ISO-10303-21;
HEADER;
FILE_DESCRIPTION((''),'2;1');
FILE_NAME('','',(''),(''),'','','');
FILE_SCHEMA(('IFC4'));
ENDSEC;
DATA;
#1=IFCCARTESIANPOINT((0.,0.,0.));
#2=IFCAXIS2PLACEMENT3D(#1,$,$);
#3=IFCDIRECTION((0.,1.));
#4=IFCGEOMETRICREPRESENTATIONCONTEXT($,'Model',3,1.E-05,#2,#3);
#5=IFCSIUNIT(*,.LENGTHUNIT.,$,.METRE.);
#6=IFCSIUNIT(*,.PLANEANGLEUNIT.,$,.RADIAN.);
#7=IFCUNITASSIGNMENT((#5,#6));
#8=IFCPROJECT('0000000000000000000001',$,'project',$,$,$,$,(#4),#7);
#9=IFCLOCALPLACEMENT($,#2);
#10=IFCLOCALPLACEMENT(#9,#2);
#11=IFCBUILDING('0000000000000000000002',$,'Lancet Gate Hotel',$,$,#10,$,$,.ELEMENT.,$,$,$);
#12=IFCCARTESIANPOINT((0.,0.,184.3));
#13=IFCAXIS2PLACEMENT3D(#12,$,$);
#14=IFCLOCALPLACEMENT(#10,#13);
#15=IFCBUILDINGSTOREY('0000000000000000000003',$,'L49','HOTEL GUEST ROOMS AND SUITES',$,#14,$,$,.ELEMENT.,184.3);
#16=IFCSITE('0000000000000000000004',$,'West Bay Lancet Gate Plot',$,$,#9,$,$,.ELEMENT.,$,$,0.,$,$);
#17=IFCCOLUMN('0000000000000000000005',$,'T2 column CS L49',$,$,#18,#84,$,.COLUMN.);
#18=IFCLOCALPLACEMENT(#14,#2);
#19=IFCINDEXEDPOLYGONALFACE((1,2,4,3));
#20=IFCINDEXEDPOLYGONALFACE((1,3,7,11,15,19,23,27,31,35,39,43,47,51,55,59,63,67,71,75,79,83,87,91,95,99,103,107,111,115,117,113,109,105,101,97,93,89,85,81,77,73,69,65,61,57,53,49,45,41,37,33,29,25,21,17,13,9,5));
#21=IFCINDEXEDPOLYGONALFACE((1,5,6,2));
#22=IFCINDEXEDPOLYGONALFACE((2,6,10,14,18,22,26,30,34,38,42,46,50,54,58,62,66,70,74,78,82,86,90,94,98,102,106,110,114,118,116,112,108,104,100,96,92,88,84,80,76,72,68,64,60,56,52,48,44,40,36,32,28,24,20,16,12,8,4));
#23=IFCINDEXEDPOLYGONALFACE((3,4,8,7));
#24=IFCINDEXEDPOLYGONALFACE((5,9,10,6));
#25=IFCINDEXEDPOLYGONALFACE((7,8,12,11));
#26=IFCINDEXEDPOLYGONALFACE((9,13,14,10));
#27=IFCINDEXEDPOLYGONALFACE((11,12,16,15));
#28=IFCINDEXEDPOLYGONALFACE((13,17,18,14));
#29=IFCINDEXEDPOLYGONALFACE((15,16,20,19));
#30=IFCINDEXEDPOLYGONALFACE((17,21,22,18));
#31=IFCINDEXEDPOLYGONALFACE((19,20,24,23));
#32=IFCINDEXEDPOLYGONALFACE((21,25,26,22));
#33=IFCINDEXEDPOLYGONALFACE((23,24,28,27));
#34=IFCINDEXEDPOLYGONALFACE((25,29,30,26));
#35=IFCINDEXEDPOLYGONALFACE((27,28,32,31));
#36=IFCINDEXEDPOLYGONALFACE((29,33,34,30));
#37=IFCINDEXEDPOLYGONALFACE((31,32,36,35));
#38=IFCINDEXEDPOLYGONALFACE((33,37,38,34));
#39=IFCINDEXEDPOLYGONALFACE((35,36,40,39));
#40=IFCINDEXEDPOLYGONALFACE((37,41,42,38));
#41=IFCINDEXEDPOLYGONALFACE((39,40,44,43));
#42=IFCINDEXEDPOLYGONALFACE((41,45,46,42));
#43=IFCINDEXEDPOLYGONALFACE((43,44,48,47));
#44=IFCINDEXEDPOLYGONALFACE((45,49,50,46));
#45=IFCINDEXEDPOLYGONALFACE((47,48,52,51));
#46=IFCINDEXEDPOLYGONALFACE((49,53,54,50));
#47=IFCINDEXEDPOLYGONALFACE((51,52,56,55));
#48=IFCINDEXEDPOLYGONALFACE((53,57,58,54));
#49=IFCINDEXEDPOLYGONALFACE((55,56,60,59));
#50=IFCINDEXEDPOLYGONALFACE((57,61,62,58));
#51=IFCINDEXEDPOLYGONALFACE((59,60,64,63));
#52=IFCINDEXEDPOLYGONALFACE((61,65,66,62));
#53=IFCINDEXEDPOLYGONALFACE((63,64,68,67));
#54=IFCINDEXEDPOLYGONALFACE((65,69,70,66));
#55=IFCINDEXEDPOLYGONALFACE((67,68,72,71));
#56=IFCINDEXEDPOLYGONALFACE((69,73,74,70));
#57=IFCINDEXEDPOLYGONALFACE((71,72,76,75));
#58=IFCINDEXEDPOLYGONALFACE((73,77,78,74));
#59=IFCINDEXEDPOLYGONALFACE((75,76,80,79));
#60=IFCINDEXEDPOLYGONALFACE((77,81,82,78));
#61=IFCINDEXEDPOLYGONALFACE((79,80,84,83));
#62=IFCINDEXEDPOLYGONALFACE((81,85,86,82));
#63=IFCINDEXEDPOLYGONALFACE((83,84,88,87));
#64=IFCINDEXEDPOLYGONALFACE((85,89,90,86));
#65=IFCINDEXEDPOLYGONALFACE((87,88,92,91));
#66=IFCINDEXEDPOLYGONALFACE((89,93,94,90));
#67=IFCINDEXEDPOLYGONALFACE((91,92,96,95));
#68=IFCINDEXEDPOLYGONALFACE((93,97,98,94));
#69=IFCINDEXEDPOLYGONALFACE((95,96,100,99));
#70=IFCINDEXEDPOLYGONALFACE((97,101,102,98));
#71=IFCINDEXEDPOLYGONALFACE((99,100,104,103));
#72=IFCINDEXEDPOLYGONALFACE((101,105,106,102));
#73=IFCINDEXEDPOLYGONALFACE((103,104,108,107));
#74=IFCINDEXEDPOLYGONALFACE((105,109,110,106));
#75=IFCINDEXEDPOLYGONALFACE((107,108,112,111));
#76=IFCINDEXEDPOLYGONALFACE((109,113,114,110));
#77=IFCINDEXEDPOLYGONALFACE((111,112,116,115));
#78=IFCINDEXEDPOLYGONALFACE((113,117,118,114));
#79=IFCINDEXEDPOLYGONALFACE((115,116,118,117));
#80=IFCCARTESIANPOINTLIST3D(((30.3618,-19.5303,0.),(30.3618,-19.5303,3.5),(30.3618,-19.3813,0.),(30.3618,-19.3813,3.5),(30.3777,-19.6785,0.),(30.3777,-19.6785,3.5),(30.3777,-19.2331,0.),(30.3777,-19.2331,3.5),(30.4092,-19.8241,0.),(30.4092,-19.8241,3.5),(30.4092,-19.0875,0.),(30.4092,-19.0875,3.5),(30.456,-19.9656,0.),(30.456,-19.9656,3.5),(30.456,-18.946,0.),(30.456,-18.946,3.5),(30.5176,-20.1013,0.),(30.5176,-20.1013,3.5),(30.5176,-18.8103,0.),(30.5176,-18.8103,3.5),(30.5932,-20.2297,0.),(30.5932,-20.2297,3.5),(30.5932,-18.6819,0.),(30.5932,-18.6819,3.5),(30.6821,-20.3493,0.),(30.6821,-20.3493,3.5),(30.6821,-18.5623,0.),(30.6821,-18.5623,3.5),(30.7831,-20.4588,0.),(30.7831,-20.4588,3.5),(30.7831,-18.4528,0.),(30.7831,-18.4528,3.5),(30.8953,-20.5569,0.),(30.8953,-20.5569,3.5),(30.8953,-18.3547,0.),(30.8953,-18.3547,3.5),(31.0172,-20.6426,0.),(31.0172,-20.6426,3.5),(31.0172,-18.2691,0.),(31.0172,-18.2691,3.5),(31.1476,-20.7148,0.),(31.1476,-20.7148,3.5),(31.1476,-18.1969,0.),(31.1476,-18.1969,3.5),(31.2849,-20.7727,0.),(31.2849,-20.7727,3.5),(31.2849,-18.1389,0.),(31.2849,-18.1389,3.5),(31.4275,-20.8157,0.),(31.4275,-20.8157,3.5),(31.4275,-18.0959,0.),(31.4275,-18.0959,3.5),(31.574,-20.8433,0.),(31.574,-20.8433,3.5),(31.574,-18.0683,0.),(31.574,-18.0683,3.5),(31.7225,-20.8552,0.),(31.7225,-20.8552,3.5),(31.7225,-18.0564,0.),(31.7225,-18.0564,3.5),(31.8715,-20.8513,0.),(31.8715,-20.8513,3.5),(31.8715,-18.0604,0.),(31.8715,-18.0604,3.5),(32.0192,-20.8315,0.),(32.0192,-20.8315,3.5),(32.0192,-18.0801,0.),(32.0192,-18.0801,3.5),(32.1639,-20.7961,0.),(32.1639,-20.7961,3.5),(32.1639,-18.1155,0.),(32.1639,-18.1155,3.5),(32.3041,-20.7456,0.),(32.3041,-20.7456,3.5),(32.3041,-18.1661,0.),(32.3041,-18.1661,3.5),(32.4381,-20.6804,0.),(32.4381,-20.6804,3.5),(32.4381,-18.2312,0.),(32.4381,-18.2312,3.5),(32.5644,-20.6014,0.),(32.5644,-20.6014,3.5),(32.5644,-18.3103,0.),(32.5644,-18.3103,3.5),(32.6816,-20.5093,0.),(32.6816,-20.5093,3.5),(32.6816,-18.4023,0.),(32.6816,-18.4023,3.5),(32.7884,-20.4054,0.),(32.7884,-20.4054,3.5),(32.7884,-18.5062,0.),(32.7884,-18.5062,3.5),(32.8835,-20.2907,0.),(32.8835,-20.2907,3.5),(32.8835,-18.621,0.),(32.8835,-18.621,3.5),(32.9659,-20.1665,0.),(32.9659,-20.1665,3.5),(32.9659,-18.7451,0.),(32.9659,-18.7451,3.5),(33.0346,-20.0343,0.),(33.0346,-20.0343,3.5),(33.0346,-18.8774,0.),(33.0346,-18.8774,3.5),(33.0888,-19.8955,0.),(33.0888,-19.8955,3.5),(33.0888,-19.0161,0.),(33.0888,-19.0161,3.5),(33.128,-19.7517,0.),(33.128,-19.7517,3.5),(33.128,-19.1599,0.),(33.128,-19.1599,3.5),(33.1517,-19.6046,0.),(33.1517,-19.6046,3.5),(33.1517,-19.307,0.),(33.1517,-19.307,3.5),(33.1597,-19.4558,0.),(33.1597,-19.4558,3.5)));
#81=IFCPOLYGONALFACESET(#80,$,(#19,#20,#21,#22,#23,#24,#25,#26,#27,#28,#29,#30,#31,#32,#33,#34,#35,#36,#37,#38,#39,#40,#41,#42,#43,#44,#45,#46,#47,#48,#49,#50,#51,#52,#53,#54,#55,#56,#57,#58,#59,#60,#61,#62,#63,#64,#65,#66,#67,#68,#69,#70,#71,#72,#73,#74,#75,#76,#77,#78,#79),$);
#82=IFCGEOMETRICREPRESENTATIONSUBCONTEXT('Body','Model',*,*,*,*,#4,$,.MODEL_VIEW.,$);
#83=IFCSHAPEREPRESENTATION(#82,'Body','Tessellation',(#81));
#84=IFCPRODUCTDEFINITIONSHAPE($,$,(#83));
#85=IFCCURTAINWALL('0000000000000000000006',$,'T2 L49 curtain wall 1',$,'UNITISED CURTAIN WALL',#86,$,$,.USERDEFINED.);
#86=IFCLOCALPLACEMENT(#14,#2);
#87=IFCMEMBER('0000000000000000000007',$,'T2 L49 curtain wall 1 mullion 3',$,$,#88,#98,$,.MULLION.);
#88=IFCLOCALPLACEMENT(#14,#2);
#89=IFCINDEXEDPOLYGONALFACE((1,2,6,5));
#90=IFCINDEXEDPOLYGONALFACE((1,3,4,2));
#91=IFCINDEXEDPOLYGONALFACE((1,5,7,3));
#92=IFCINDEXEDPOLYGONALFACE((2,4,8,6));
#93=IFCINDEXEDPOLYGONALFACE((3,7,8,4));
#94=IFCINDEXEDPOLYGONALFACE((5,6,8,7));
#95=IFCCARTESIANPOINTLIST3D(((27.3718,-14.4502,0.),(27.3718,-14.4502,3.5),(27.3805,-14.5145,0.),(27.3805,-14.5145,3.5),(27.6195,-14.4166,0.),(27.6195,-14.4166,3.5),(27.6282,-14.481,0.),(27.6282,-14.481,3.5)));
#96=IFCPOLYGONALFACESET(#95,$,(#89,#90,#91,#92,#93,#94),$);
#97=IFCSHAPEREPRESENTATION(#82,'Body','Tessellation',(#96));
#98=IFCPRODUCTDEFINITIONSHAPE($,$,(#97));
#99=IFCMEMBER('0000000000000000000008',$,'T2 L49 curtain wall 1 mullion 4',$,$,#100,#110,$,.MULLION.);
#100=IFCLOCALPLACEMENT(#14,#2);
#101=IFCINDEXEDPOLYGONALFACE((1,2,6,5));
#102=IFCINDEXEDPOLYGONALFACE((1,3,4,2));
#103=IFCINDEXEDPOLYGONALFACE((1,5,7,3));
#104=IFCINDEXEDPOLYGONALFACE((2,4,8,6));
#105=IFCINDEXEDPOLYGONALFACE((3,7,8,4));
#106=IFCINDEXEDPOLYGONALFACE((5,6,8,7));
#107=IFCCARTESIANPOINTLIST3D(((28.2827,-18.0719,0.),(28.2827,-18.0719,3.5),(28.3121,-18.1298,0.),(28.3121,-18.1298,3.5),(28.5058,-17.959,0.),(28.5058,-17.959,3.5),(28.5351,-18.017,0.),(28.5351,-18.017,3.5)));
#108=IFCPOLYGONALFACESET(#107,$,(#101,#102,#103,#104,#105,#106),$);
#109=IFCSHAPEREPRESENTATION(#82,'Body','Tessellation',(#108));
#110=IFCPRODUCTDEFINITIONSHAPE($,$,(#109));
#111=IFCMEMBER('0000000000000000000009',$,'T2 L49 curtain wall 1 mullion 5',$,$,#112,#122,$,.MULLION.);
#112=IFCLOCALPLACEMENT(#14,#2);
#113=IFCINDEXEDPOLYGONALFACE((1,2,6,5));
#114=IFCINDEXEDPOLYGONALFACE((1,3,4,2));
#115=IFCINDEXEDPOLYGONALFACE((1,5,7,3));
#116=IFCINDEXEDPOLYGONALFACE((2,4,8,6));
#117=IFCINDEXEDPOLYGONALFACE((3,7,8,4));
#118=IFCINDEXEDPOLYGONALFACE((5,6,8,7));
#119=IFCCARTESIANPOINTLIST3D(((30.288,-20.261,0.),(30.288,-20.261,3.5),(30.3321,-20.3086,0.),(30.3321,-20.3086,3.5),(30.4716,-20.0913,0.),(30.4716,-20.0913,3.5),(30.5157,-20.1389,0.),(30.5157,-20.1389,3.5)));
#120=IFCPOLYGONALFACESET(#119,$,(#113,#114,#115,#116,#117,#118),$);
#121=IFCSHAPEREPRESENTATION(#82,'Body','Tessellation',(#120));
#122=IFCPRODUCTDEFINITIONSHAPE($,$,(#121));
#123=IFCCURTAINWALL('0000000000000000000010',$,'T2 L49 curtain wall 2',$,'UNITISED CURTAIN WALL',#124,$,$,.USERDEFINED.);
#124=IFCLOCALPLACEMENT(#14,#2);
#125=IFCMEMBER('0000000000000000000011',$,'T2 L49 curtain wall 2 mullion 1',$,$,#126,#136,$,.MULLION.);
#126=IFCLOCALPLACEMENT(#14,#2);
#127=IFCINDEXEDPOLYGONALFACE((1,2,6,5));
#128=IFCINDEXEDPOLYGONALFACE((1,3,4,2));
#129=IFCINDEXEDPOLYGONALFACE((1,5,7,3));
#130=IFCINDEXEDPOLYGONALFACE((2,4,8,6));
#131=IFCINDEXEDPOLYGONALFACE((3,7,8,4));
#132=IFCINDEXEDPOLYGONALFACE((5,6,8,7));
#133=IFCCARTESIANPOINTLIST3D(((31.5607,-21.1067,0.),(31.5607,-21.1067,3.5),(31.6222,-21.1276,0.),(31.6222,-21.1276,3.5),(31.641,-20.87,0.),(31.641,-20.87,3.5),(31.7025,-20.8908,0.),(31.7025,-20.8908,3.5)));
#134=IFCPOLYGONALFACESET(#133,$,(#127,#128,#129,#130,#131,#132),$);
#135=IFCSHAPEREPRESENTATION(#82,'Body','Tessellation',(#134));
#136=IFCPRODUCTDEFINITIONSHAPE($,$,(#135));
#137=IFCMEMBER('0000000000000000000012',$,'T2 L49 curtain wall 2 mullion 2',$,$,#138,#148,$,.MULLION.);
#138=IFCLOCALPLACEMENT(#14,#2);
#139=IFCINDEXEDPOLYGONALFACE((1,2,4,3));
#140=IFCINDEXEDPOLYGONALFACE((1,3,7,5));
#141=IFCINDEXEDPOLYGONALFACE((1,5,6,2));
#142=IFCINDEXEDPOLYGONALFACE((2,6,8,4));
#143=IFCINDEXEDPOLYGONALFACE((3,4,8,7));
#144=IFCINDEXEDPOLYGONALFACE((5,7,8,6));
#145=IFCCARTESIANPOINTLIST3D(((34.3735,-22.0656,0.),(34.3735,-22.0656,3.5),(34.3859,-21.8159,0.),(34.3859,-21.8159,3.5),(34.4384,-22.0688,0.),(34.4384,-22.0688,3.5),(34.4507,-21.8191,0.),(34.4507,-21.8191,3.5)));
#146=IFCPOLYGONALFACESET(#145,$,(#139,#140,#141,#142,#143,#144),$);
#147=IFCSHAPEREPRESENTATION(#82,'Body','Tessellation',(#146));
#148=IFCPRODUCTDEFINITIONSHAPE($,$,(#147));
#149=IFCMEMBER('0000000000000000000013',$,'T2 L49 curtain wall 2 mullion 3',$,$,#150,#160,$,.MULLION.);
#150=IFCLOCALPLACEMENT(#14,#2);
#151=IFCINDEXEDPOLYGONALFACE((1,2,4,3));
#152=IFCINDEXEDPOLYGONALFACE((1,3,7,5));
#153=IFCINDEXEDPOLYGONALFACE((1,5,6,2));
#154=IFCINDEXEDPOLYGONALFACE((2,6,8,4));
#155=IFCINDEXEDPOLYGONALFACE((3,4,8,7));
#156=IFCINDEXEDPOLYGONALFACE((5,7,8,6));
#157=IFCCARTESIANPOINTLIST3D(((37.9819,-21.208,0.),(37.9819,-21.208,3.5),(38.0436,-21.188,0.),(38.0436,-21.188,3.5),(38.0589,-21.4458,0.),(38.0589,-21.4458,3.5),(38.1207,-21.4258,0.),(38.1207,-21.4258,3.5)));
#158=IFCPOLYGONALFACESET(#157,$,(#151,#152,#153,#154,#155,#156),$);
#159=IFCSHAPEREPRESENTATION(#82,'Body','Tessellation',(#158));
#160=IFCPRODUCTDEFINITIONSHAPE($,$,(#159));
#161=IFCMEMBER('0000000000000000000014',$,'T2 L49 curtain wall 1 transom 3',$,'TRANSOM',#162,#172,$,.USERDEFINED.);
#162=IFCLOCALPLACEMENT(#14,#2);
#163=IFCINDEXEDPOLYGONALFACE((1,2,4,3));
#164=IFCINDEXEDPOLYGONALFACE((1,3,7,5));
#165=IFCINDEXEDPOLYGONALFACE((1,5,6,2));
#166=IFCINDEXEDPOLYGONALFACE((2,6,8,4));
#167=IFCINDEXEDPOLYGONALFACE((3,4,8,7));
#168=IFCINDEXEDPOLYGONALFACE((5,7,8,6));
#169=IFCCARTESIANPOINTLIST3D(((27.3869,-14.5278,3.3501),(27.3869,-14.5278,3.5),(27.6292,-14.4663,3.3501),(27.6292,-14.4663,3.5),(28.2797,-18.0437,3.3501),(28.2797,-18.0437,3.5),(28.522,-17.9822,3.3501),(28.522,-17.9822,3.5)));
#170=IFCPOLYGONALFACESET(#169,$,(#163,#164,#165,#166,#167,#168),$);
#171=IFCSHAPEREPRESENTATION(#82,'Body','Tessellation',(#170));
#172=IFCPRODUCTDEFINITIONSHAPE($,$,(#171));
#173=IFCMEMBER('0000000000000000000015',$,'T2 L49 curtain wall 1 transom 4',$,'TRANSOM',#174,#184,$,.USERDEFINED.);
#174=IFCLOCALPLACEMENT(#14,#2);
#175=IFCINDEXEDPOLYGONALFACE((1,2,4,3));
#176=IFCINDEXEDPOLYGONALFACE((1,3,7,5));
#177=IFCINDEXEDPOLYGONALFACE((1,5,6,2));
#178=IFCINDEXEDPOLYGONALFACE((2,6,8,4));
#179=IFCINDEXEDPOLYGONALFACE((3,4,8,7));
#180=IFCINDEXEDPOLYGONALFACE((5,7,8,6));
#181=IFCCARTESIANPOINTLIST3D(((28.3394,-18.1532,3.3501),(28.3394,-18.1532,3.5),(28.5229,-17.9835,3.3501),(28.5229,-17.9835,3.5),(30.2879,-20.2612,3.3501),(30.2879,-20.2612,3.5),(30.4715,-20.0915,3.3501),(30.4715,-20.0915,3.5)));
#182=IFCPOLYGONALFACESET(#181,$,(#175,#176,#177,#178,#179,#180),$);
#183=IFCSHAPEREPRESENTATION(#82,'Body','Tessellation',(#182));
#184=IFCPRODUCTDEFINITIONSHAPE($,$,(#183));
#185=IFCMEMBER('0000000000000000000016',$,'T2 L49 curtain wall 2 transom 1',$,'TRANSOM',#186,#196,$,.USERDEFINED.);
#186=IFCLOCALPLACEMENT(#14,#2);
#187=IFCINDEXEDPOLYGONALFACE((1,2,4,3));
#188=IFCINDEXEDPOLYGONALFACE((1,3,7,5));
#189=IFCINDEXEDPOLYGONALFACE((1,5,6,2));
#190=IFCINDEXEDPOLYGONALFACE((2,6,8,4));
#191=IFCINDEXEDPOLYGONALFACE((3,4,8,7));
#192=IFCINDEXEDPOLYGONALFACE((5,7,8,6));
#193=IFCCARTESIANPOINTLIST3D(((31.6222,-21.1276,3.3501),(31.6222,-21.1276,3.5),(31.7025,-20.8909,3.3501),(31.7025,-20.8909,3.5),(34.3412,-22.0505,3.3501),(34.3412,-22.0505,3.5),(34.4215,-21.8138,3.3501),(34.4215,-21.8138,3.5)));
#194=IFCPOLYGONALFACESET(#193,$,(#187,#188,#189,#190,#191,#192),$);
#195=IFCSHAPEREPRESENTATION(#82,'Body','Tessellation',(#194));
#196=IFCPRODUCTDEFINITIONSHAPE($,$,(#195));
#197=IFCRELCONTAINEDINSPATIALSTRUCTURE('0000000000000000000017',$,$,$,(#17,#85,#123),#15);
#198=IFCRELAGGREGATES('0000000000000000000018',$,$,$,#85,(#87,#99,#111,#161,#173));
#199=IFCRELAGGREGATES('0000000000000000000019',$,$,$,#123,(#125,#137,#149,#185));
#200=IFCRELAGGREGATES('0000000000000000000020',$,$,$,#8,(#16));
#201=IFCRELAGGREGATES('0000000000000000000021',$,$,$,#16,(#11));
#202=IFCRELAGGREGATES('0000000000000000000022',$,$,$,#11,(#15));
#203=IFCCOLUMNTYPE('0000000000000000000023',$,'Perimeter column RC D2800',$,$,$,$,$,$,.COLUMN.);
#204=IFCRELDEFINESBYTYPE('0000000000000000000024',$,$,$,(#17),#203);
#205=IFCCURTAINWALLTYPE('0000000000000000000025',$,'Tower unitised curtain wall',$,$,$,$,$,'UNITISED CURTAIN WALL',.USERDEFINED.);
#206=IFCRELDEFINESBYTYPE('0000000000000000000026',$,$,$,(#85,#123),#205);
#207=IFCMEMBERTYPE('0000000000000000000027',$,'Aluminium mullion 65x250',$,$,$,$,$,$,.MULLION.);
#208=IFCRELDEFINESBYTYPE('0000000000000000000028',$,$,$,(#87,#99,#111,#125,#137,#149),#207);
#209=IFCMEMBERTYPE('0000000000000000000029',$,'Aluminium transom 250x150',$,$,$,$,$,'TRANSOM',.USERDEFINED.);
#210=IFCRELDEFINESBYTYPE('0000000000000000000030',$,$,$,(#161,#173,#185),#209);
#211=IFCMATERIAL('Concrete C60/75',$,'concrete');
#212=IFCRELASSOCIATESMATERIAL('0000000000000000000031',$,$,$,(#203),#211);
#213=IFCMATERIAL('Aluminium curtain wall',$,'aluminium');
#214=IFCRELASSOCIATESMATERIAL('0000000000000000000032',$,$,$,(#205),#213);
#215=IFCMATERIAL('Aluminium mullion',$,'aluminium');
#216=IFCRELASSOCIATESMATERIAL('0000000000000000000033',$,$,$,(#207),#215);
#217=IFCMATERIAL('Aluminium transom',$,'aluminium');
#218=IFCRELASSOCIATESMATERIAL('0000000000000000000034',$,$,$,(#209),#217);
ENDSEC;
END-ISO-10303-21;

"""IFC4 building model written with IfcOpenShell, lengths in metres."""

from ifc_helpers import new_model, si_unit, direction, frame, origin, origin_2d, place, context, subcontext, project, spatial, rectangle, circle, extrude, material, material_profile, profile_set, type_object, element, aggregate, save


model = new_model("IFC4")

# Units and contexts
model_context = context("Model", 3, precision=1e-05, world=origin(), true_north=direction((0.0, 1.0)))
body_context = subcontext(model_context, "Body", "Model", "MODEL_VIEW")
ifc_project = project(units=[si_unit("LENGTHUNIT", "METRE"), si_unit("PLANEANGLEUNIT", "RADIAN")], contexts=[model_context])

# Site, building, storey
site_placement = place(None, origin())
site = spatial("IfcSite", under=ifc_project, at=site_placement, Name="West Bay Lancet Gate Plot", CompositionType="ELEMENT", RefElevation=0.0)
building_placement = place(site_placement, origin())
building = spatial("IfcBuilding", under=site, at=building_placement, Name="Lancet Gate Hotel", CompositionType="ELEMENT")
storey_placement = place(building_placement, frame((0.0, 0.0, 184.3)))
storey = spatial("IfcBuildingStorey", under=building, at=storey_placement, Name="L49", Description="HOTEL GUEST ROOMS AND SUITES", CompositionType="ELEMENT", Elevation=184.3)

# Column
ifc_material_1 = material(Name="Concrete C60/75", Category="concrete")
ifc_material_profile_1 = material_profile(ifc_material_1, circle(Radius=1.3999, at=origin_2d()), Name="RC D2800")
ifc_profile_set_1 = profile_set([ifc_material_profile_1], Name="Concrete C60/75")
column_type = type_object("IfcColumnType", Name="Perimeter column RC D2800", PredefinedType="COLUMN", material=ifc_profile_set_1)
column_placement = place(storey_placement, frame((31.7598, -19.4558, 0.0), z_axis=(0.0, 0.0, 1.0), x_axis=(1.0, 0.0, 0.0)))
element("IfcColumn", 1, at=column_placement, inside=storey, type_object=column_type, Name="T2 column CS L49", PredefinedType="COLUMN", context=body_context, shape_type="SweptSolid", body=[
    extrude(circle(Radius=1.3999, at=origin_2d()), origin(), (0.0, 0.0, 1.0), 3.5),
])

# Curtain walls, members
ifc_material_2 = material(Name="Aluminium curtain wall", Category="aluminium")
curtain_wall_type = type_object("IfcCurtainWallType", Name="Tower unitised curtain wall", ElementType="UNITISED CURTAIN WALL", PredefinedType="USERDEFINED", material=ifc_material_2)
curtain_wall_1_placement = place(storey_placement, origin())
curtain_wall_1 = element("IfcCurtainWall", 2, at=curtain_wall_1_placement, inside=storey, type_object=curtain_wall_type, Name="T2 L49 curtain wall 1", ObjectType="UNITISED CURTAIN WALL", PredefinedType="USERDEFINED")
ifc_material_3 = material(Name="Aluminium mullion", Category="aluminium")
ifc_material_profile_2 = material_profile(ifc_material_3, rectangle(XDim=0.0649, YDim=0.25, at=origin_2d()), Name="MULLION 65x250")
ifc_profile_set_2 = profile_set([ifc_material_profile_2], Name="Aluminium mullion")
member_type_1 = type_object("IfcMemberType", Name="Aluminium mullion 65x250", PredefinedType="MULLION", material=ifc_profile_set_2)
member_1_placement = place(storey_placement, frame((27.5, -14.4656, 0.0), z_axis=(0.0, 0.0, 1.0), x_axis=(0.134207, -0.990953, 0.0)))
member_1 = element("IfcMember", 3, at=member_1_placement, type_object=member_type_1, Name="T2 L49 curtain wall 1 mullion 3", PredefinedType="MULLION", context=body_context, shape_type="SweptSolid", body=[
    extrude(rectangle(XDim=0.0649, YDim=0.25, at=origin_2d()), origin(), (0.0, 0.0, 1.0), 3.5),
])
member_2_placement = place(storey_placement, frame((28.4089, -18.0444, 0.0), z_axis=(0.0, 0.0, 1.0), x_axis=(0.451506, -0.892268, 0.0)))
member_2 = element("IfcMember", 4, at=member_2_placement, type_object=member_type_1, Name="T2 L49 curtain wall 1 mullion 4", PredefinedType="MULLION", context=body_context, shape_type="SweptSolid", body=[
    extrude(rectangle(XDim=0.0649, YDim=0.25, at=origin_2d()), origin(), (0.0, 0.0, 1.0), 3.5),
])
member_3_placement = place(storey_placement, frame((30.4019, -20.2, 0.0), z_axis=(0.0, 0.0, 1.0), x_axis=(0.678831, -0.734294, 0.0)))
member_3 = element("IfcMember", 5, at=member_3_placement, type_object=member_type_1, Name="T2 L49 curtain wall 1 mullion 5", PredefinedType="MULLION", context=body_context, shape_type="SweptSolid", body=[
    extrude(rectangle(XDim=0.0649, YDim=0.25, at=origin_2d()), origin(), (0.0, 0.0, 1.0), 3.5),
])
curtain_wall_2_placement = place(storey_placement, origin())
curtain_wall_2 = element("IfcCurtainWall", 6, at=curtain_wall_2_placement, inside=storey, type_object=curtain_wall_type, Name="T2 L49 curtain wall 2", ObjectType="UNITISED CURTAIN WALL", PredefinedType="USERDEFINED")
member_4_placement = place(storey_placement, frame((31.6316, -20.9988, 0.0), z_axis=(0.0, 0.0, 1.0), x_axis=(0.946952, -0.321374, 0.0)))
member_4 = element("IfcMember", 7, at=member_4_placement, type_object=member_type_1, Name="T2 L49 curtain wall 2 mullion 1", PredefinedType="MULLION", context=body_context, shape_type="SweptSolid", body=[
    extrude(rectangle(XDim=0.0649, YDim=0.25, at=origin_2d()), origin(), (0.0, 0.0, 1.0), 3.5),
])
member_5_placement = place(storey_placement, frame((34.4121, -21.9424, 0.0), z_axis=(0.0, 0.0, 1.0), x_axis=(0.998776, -0.049471, 0.0)))
member_5 = element("IfcMember", 8, at=member_5_placement, type_object=member_type_1, Name="T2 L49 curtain wall 2 mullion 2", PredefinedType="MULLION", context=body_context, shape_type="SweptSolid", body=[
    extrude(rectangle(XDim=0.0649, YDim=0.25, at=origin_2d()), origin(), (0.0, 0.0, 1.0), 3.5),
])
member_6_placement = place(storey_placement, frame((38.0513, -21.3169, 0.0), z_axis=(0.0, 0.0, 1.0), x_axis=(0.951355, 0.308095, 0.0)))
member_6 = element("IfcMember", 9, at=member_6_placement, type_object=member_type_1, Name="T2 L49 curtain wall 2 mullion 3", PredefinedType="MULLION", context=body_context, shape_type="SweptSolid", body=[
    extrude(rectangle(XDim=0.0649, YDim=0.25, at=origin_2d()), origin(), (0.0, 0.0, 1.0), 3.5),
])

# Members
ifc_material_4 = material(Name="Aluminium transom", Category="aluminium")
ifc_material_profile_3 = material_profile(ifc_material_4, rectangle(XDim=0.25, YDim=0.1499, at=origin_2d()), Name="TRANSOM 250x150")
ifc_profile_set_3 = profile_set([ifc_material_profile_3], Name="Aluminium transom")
member_type_2 = type_object("IfcMemberType", Name="Aluminium transom 250x150", ElementType="TRANSOM", PredefinedType="USERDEFINED", material=ifc_profile_set_3)
member_7_placement = place(storey_placement, frame((27.5081, -14.4971, 3.425), z_axis=(0.246129, -0.969237, 0.0), x_axis=(0.969237, 0.246129, 0.0)))
member_7 = element("IfcMember", 10, at=member_7_placement, type_object=member_type_2, Name="T2 L49 curtain wall 1 transom 3", ObjectType="TRANSOM", PredefinedType="USERDEFINED", context=body_context, shape_type="SweptSolid", body=[
    extrude(rectangle(XDim=0.25, YDim=0.1499, at=origin_2d()), origin(), (0.0, 0.0, 1.0), 3.6274),
])
member_8_placement = place(storey_placement, frame((28.4312, -18.0684, 3.425), z_axis=(0.678792, -0.73433, 0.0), x_axis=(0.73433, 0.678792, 0.0)))
member_8 = element("IfcMember", 11, at=member_8_placement, type_object=member_type_2, Name="T2 L49 curtain wall 1 transom 4", ObjectType="TRANSOM", PredefinedType="USERDEFINED", context=body_context, shape_type="SweptSolid", body=[
    extrude(rectangle(XDim=0.25, YDim=0.1499, at=origin_2d()), origin(), (0.0, 0.0, 1.0), 2.8706),
])
member_9_placement = place(storey_placement, frame((31.6624, -21.0093, 3.425), z_axis=(0.946943, -0.321401, 0.0), x_axis=(0.321401, 0.946943, 0.0)))
member_9 = element("IfcMember", 12, at=member_9_placement, type_object=member_type_2, Name="T2 L49 curtain wall 2 transom 1", ObjectType="TRANSOM", PredefinedType="USERDEFINED", context=body_context, shape_type="SweptSolid", body=[
    extrude(rectangle(XDim=0.25, YDim=0.1499, at=origin_2d()), origin(), (0.0, 0.0, 1.0), 2.8713),
])

aggregate(curtain_wall_1, [member_1, member_2, member_3, member_7, member_8])
aggregate(curtain_wall_2, [member_4, member_5, member_6, member_9])

save(model, "model.ifc")
